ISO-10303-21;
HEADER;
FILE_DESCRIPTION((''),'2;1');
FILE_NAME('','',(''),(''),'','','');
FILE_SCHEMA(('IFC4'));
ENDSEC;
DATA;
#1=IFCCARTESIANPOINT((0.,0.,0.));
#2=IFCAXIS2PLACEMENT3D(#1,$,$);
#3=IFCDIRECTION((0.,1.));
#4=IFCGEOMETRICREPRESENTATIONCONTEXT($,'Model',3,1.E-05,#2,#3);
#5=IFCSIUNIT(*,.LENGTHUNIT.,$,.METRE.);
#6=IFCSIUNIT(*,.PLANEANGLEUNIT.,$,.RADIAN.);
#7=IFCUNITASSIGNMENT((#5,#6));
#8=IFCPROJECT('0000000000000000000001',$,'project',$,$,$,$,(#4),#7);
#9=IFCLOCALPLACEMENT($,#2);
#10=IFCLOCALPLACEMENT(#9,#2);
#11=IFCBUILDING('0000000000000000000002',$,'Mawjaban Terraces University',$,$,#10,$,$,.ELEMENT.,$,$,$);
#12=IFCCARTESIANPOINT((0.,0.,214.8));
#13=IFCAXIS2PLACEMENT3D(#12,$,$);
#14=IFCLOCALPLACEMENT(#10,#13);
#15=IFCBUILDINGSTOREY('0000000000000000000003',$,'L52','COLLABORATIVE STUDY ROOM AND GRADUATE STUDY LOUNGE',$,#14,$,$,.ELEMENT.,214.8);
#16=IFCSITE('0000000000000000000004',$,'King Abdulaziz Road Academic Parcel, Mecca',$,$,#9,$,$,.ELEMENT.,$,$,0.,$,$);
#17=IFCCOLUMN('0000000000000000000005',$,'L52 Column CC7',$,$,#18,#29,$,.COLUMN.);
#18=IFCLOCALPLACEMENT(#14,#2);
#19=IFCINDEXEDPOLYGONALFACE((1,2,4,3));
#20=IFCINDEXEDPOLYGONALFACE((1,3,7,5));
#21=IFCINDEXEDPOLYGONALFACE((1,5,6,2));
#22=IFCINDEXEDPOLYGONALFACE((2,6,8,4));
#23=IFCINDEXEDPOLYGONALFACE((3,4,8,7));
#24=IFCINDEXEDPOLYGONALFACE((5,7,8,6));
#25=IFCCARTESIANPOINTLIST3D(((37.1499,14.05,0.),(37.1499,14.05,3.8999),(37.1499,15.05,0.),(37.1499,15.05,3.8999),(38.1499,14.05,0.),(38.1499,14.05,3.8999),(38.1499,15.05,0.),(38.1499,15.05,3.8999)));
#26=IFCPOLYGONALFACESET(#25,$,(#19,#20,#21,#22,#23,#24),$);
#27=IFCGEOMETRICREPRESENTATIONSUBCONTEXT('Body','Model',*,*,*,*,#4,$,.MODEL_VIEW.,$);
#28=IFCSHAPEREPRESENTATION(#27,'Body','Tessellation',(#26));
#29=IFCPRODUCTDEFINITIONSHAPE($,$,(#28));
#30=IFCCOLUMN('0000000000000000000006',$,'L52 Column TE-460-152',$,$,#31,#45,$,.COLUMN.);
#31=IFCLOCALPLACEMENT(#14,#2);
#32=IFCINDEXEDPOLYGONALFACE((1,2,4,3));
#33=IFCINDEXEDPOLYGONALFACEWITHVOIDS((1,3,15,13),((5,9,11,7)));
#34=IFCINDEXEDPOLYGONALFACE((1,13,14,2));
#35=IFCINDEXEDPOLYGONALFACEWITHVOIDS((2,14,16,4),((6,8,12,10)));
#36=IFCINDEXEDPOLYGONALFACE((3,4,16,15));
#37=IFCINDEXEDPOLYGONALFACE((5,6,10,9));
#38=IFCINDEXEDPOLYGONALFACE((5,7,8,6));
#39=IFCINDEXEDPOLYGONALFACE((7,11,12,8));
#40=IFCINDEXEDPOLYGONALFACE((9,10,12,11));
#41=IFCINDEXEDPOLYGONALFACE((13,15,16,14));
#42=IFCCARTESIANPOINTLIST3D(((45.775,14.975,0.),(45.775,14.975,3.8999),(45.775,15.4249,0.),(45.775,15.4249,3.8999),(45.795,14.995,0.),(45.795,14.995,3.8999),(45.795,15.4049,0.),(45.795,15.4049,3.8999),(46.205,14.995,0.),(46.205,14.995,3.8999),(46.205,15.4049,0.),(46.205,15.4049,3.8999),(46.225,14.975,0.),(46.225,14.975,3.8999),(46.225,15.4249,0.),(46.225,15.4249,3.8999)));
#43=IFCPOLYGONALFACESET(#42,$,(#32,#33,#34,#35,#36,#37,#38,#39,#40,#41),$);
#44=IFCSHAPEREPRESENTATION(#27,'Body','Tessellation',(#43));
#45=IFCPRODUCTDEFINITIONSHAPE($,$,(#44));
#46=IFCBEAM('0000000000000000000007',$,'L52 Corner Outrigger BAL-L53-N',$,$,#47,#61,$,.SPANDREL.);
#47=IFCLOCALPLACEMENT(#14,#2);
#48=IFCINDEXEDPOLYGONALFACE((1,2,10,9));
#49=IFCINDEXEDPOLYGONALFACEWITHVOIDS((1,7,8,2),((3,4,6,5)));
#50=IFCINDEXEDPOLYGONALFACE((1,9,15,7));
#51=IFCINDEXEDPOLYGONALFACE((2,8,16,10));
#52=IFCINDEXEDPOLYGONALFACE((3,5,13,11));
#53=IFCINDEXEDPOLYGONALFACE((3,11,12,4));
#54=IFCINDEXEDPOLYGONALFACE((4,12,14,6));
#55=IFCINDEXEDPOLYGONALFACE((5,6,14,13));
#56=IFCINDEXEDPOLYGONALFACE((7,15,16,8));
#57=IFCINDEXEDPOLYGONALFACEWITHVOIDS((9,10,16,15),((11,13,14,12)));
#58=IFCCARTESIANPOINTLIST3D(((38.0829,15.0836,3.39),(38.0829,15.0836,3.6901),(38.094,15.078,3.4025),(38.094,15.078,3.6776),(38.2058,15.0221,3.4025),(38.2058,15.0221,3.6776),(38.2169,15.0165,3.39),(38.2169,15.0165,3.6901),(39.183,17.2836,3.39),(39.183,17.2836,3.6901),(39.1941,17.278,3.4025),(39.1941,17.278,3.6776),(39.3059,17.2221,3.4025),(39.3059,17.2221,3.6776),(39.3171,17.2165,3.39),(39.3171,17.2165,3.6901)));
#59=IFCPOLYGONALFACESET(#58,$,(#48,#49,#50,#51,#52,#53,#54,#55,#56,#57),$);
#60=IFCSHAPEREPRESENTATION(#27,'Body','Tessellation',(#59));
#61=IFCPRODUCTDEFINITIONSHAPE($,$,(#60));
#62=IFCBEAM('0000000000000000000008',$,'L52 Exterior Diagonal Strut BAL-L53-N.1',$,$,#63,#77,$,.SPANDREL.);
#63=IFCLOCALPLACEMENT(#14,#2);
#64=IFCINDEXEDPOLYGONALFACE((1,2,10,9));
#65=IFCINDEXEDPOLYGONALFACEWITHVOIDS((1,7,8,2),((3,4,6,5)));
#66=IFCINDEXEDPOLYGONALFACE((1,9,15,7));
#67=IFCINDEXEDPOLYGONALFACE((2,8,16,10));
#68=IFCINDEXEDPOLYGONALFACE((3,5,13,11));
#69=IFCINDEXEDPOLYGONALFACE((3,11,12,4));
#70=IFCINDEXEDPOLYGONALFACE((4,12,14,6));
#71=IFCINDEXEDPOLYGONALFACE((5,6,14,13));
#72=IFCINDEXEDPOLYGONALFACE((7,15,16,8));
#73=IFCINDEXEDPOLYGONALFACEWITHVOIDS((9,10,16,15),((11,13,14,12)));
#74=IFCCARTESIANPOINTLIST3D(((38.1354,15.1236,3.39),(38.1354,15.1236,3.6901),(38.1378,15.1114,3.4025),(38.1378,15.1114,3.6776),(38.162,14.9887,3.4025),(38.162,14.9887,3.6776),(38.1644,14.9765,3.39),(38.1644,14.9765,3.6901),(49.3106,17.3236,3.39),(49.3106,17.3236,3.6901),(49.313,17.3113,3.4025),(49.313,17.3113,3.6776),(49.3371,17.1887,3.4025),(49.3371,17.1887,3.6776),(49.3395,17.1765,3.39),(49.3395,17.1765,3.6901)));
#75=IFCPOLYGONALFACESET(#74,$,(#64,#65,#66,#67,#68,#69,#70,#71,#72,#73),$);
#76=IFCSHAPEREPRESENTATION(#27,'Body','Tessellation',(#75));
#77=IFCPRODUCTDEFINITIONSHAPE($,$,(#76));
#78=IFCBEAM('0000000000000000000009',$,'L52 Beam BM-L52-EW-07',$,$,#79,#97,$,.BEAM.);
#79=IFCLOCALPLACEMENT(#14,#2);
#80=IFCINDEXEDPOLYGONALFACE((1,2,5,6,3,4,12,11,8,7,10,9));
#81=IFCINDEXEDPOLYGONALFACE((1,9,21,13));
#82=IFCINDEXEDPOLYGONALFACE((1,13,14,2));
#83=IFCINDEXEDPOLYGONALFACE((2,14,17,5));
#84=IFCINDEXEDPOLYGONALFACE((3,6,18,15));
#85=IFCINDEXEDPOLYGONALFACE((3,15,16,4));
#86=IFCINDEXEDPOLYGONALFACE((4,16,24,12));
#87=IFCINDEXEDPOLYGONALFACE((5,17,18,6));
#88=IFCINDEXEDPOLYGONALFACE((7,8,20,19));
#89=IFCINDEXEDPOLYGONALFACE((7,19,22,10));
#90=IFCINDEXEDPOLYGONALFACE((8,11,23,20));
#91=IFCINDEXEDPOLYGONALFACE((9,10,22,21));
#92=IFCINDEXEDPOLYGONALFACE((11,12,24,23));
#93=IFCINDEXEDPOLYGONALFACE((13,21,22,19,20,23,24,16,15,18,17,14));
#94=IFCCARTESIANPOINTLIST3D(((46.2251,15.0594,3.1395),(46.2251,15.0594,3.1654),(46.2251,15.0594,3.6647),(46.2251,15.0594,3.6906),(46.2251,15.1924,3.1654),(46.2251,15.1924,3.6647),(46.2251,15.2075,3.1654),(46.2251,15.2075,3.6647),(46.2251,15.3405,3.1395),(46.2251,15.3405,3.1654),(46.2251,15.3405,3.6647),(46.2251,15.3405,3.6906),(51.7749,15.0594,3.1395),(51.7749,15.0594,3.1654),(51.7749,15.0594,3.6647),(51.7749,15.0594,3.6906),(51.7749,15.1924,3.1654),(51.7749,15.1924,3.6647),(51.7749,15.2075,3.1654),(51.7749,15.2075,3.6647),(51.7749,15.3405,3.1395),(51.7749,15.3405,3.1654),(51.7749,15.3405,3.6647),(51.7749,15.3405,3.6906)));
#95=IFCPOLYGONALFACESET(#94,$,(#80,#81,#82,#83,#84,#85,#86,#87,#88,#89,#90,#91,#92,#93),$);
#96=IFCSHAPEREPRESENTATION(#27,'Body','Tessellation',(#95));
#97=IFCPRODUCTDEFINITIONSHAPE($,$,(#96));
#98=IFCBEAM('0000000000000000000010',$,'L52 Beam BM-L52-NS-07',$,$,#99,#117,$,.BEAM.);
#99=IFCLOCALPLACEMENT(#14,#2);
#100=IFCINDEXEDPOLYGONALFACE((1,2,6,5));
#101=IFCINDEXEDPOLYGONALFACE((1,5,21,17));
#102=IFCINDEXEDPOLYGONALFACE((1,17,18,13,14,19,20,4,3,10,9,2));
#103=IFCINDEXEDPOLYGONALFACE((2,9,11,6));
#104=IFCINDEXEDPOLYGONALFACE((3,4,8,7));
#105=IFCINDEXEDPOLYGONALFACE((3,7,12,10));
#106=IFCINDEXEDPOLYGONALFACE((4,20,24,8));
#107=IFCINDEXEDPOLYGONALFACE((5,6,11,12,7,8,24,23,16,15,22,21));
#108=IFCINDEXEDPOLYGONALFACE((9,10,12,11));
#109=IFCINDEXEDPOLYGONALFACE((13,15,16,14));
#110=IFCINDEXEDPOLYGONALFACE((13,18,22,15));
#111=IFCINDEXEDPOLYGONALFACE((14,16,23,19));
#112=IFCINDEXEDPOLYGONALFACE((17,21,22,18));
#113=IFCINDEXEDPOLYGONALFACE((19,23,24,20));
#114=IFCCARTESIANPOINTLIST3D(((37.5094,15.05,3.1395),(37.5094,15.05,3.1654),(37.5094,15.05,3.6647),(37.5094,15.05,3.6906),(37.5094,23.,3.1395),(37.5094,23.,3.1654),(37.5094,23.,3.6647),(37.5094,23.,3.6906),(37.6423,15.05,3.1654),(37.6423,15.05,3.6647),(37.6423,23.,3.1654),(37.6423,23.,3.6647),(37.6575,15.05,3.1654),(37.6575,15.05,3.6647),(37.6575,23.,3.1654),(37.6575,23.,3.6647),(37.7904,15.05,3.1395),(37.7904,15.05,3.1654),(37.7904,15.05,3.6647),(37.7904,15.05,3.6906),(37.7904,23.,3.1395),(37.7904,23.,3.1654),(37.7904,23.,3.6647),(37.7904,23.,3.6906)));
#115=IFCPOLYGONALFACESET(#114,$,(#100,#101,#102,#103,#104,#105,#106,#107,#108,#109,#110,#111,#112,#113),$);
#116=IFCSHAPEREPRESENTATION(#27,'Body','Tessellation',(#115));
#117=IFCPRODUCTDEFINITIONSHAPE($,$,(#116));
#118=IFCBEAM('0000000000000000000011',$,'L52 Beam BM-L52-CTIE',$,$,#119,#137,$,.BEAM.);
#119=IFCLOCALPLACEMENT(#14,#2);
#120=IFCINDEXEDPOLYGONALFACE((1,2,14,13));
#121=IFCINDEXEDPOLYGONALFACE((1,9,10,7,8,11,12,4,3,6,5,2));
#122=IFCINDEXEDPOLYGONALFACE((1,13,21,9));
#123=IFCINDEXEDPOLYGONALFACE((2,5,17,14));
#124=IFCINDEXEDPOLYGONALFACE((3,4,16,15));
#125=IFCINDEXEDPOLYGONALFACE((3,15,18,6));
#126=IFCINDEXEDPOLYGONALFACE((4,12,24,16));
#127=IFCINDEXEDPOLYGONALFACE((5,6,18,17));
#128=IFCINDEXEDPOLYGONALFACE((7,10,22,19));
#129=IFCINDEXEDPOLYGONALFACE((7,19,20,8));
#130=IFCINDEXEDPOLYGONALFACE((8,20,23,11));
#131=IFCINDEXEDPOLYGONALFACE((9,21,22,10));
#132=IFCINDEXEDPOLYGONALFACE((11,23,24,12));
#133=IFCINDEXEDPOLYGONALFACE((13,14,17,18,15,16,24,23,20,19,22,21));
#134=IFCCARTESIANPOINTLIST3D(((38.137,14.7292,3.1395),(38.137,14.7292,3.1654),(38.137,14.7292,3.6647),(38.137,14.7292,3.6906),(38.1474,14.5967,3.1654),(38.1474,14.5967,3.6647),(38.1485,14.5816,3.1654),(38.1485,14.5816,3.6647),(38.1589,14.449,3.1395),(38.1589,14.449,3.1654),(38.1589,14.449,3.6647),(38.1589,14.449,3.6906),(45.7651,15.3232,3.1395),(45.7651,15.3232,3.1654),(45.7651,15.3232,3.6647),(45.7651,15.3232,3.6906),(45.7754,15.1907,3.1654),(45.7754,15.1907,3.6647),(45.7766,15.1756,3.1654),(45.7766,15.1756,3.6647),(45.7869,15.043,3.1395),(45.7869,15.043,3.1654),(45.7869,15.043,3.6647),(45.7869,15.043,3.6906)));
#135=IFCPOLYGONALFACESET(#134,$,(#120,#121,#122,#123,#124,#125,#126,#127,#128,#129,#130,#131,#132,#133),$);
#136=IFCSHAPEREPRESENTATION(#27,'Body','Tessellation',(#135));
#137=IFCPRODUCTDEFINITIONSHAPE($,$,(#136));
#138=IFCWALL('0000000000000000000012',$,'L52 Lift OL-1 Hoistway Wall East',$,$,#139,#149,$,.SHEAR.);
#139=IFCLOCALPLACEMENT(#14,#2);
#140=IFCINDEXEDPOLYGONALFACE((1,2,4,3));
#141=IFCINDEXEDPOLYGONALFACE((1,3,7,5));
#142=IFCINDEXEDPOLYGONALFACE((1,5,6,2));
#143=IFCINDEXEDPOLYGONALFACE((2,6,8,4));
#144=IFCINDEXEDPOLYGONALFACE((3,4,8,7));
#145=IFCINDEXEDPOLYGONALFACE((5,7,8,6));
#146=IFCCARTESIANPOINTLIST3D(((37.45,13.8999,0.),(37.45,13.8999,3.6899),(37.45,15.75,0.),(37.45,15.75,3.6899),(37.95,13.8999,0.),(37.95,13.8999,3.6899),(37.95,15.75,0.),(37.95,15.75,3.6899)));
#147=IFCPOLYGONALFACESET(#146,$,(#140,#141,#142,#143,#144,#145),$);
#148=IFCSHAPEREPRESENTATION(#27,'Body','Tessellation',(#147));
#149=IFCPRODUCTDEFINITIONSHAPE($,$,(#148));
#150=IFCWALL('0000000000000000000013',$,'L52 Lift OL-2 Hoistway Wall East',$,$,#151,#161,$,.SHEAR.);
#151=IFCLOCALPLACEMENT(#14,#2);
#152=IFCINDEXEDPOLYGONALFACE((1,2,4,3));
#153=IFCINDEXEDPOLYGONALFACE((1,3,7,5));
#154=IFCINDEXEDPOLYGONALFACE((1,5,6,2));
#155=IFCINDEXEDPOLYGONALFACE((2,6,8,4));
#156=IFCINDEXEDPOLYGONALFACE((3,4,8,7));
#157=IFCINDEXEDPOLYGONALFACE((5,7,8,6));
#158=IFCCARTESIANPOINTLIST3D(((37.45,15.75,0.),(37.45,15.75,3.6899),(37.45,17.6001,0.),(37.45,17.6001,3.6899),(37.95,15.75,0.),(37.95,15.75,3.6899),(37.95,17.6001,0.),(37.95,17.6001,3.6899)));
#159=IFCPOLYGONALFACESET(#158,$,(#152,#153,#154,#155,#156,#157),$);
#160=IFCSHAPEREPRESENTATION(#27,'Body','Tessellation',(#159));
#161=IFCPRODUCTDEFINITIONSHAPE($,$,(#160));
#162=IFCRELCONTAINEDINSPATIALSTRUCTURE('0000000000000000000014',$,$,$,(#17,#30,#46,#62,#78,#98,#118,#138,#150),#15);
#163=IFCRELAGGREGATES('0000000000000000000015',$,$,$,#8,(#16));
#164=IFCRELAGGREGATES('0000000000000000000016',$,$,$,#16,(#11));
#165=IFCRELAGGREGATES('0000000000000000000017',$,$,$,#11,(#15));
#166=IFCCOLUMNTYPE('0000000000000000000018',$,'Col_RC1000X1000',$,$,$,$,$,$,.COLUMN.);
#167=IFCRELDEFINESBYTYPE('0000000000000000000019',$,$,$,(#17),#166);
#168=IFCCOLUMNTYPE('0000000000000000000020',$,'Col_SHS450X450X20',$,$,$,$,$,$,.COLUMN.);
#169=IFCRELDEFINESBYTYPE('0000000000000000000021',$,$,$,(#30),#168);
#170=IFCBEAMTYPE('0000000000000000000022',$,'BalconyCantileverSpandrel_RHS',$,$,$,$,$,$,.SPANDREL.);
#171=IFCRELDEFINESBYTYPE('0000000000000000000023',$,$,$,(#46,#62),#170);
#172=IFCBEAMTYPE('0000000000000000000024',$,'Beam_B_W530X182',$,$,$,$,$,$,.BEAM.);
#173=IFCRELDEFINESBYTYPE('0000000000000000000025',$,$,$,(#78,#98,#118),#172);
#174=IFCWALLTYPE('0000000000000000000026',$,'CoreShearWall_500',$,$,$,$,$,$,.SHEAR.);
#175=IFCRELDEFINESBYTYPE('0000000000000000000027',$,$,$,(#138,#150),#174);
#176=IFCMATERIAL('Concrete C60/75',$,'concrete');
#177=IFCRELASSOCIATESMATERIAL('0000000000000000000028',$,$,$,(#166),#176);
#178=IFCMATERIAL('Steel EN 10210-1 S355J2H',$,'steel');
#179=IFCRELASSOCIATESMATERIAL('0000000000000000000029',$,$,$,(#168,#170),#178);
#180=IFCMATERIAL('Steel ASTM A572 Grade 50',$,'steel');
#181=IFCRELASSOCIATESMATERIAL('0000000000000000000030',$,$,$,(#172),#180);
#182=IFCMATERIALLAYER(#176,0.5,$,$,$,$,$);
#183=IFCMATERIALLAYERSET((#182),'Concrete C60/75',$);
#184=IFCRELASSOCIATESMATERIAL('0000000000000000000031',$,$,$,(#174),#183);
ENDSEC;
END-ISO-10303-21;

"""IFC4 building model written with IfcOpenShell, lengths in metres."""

from ifc_helpers import new_model, si_unit, direction, frame, frame_2d, origin, origin_2d, place, context, subcontext, project, spatial, rectangle, hollow_rectangle, i_section, extrude, material, layer, layer_set, material_profile, profile_set, type_object, element, save


model = new_model("IFC4")

# Units and contexts
model_context = context("Model", 3, precision=1e-05, world=origin(), true_north=direction((0.0, 1.0)))
body_context = subcontext(model_context, "Body", "Model", "MODEL_VIEW")
ifc_project = project(units=[si_unit("LENGTHUNIT", "METRE"), si_unit("PLANEANGLEUNIT", "RADIAN")], contexts=[model_context])

# Site, building, storey
site_placement = place(None, origin())
site = spatial("IfcSite", under=ifc_project, at=site_placement, Name="King Abdulaziz Road Academic Parcel, Mecca", CompositionType="ELEMENT", RefElevation=0.0)
building_placement = place(site_placement, origin())
building = spatial("IfcBuilding", under=site, at=building_placement, Name="Mawjaban Terraces University", CompositionType="ELEMENT")
storey_placement = place(building_placement, frame((0.0, 0.0, 214.8)))
storey = spatial("IfcBuildingStorey", under=building, at=storey_placement, Name="L52", Description="COLLABORATIVE STUDY ROOM AND GRADUATE STUDY LOUNGE", CompositionType="ELEMENT", Elevation=214.8)

# Columns
ifc_material_1 = material(Name="Concrete C60/75", Category="concrete")
ifc_material_profile_1 = material_profile(ifc_material_1, rectangle(XDim=1.0, YDim=1.0, at=origin_2d()), Name="RC1000X1000")
ifc_profile_set_1 = profile_set([ifc_material_profile_1], Name="Concrete C60/75")
column_type_1 = type_object("IfcColumnType", Name="Col_RC1000X1000", PredefinedType="COLUMN", material=ifc_profile_set_1)
column_1_placement = place(storey_placement, frame((37.6499, 14.55, 0.0), z_axis=(0.0, 0.0, 1.0), x_axis=(1.0, 0.0, 0.0)))
element("IfcColumn", 1, at=column_1_placement, inside=storey, type_object=column_type_1, Name="L52 Column CC7", PredefinedType="COLUMN", context=body_context, shape_type="SweptSolid", body=[
    extrude(rectangle(XDim=1.0, YDim=1.0, at=origin_2d()), origin(), (0.0, 0.0, 1.0), 3.8999),
])
ifc_material_2 = material(Name="Steel EN 10210-1 S355J2H", Category="steel")
ifc_material_profile_2 = material_profile(ifc_material_2, hollow_rectangle(XDim=0.45, YDim=0.45, WallThickness=0.02, at=origin_2d()), Name="SHS450X450X20")
ifc_profile_set_2 = profile_set([ifc_material_profile_2], Name="Steel EN 10210-1 S355J2H")
column_type_2 = type_object("IfcColumnType", Name="Col_SHS450X450X20", PredefinedType="COLUMN", material=ifc_profile_set_2)
column_2_placement = place(storey_placement, frame((46.0, 15.2, 0.0), z_axis=(0.0, 0.0, 1.0), x_axis=(1.0, 0.0, 0.0)))
element("IfcColumn", 2, at=column_2_placement, inside=storey, type_object=column_type_2, Name="L52 Column TE-460-152", PredefinedType="COLUMN", context=body_context, shape_type="SweptSolid", body=[
    extrude(hollow_rectangle(XDim=0.45, YDim=0.45, WallThickness=0.02, at=origin_2d()), origin(), (0.0, 0.0, 1.0), 3.8999),
])

# Beams
ifc_material_profile_3 = material_profile(ifc_material_2, hollow_rectangle(XDim=0.1499, YDim=0.3, WallThickness=0.0125, at=origin_2d()), Name="RHS300X150X12.5")
ifc_profile_set_3 = profile_set([ifc_material_profile_3], Name="Steel EN 10210-1 S355J2H")
beam_type_1 = type_object("IfcBeamType", Name="BalconyCantileverSpandrel_RHS", PredefinedType="SPANDREL", material=ifc_profile_set_3)
beam_1_placement = place(storey_placement, frame((38.1499, 15.05, 3.54), z_axis=(0.447253, 0.894407, 0.0), x_axis=(-0.894407, 0.447253, 0.0)))
element("IfcBeam", 3, at=beam_1_placement, inside=storey, type_object=beam_type_1, Name="L52 Corner Outrigger BAL-L53-N", PredefinedType="SPANDREL", context=body_context, shape_type="SweptSolid", body=[
    extrude(hollow_rectangle(XDim=0.1499, YDim=0.3, WallThickness=0.0125, at=origin_2d()), origin(), (0.0, 0.0, 1.0), 2.4597),
])
beam_2_placement = place(storey_placement, frame((38.1499, 15.05, 3.54), z_axis=(0.981168, 0.193155, 0.0), x_axis=(-0.193155, 0.981168, 0.0)))
element("IfcBeam", 4, at=beam_2_placement, inside=storey, type_object=beam_type_1, Name="L52 Exterior Diagonal Strut BAL-L53-N.1", PredefinedType="SPANDREL", context=body_context, shape_type="SweptSolid", body=[
    extrude(hollow_rectangle(XDim=0.1499, YDim=0.3, WallThickness=0.0125, at=origin_2d()), origin(), (0.0, 0.0, 1.0), 11.3896),
])
ifc_material_3 = material(Name="Steel ASTM A572 Grade 50", Category="steel")
ifc_material_profile_4 = material_profile(ifc_material_3, i_section(OverallWidth=0.281, OverallDepth=0.551, WebThickness=0.0151, FlangeThickness=0.0259, at=origin_2d()), Name="W530X182")
ifc_profile_set_4 = profile_set([ifc_material_profile_4], Name="Steel ASTM A572 Grade 50")
beam_type_2 = type_object("IfcBeamType", Name="Beam_B_W530X182", PredefinedType="BEAM", material=ifc_profile_set_4)
beam_3_placement = place(storey_placement, frame((46.2251, 15.2, 3.415), z_axis=(1.0, 0.0, 0.0), x_axis=(0.0, 1.0, 0.0)))
element("IfcBeam", 5, at=beam_3_placement, inside=storey, type_object=beam_type_2, Name="L52 Beam BM-L52-EW-07", PredefinedType="BEAM", context=body_context, shape_type="SweptSolid", body=[
    extrude(i_section(OverallWidth=0.281, OverallDepth=0.551, WebThickness=0.0151, FlangeThickness=0.0259, at=origin_2d()), origin(), (0.0, 0.0, 1.0), 5.5498),
])
beam_4_placement = place(storey_placement, frame((37.6499, 15.05, 3.415), z_axis=(0.0, 1.0, 0.0), x_axis=(-1.0, 0.0, 0.0)))
element("IfcBeam", 6, at=beam_4_placement, inside=storey, type_object=beam_type_2, Name="L52 Beam BM-L52-NS-07", PredefinedType="BEAM", context=body_context, shape_type="SweptSolid", body=[
    extrude(i_section(OverallWidth=0.281, OverallDepth=0.551, WebThickness=0.0151, FlangeThickness=0.0259, at=origin_2d()), origin(), (0.0, 0.0, 1.0), 7.95),
])
beam_5_placement = place(storey_placement, frame((38.1479, 14.5891, 3.415), z_axis=(0.996982, 0.077636, 0.0), x_axis=(-0.077636, 0.996982, 0.0)))
element("IfcBeam", 7, at=beam_5_placement, inside=storey, type_object=beam_type_2, Name="L52 Beam BM-L52-CTIE", PredefinedType="BEAM", context=body_context, shape_type="SweptSolid", body=[
    extrude(i_section(OverallWidth=0.281, OverallDepth=0.551, WebThickness=0.0151, FlangeThickness=0.0259, at=origin_2d()), origin(), (0.0, 0.0, 1.0), 7.6511),
])

# Walls
ifc_layer_1 = layer(ifc_material_1, 0.5)
ifc_layer_set_1 = layer_set([ifc_layer_1], Name="Concrete C60/75")
wall_type_1 = type_object("IfcWallType", Name="CoreShearWall_500", PredefinedType="SHEAR", material=ifc_layer_set_1)
for number, where, z_axis, x_axis, name in (
    (8, (37.7, 13.8999, 0.0), (0.0, 0.0, 1.0), (0.0, 1.0, 0.0), "L52 Lift OL-1 Hoistway Wall East"),
    (9, (37.7, 15.75, 0.0), (0.0, 0.0, 1.0), (0.0, 1.0, 0.0), "L52 Lift OL-2 Hoistway Wall East"),
):
    element("IfcWall", number, at=place(storey_placement, frame(where, z_axis=z_axis, x_axis=x_axis)), inside=storey, type_object=wall_type_1, Name=name, PredefinedType="SHEAR", context=body_context, shape_type="SweptSolid", body=[
        extrude(rectangle(XDim=1.8501, YDim=0.5, at=frame_2d((0.925, 0.0))), origin(), (0.0, 0.0, 1.0), 3.6899),
    ])

save(model, "model.ifc")
